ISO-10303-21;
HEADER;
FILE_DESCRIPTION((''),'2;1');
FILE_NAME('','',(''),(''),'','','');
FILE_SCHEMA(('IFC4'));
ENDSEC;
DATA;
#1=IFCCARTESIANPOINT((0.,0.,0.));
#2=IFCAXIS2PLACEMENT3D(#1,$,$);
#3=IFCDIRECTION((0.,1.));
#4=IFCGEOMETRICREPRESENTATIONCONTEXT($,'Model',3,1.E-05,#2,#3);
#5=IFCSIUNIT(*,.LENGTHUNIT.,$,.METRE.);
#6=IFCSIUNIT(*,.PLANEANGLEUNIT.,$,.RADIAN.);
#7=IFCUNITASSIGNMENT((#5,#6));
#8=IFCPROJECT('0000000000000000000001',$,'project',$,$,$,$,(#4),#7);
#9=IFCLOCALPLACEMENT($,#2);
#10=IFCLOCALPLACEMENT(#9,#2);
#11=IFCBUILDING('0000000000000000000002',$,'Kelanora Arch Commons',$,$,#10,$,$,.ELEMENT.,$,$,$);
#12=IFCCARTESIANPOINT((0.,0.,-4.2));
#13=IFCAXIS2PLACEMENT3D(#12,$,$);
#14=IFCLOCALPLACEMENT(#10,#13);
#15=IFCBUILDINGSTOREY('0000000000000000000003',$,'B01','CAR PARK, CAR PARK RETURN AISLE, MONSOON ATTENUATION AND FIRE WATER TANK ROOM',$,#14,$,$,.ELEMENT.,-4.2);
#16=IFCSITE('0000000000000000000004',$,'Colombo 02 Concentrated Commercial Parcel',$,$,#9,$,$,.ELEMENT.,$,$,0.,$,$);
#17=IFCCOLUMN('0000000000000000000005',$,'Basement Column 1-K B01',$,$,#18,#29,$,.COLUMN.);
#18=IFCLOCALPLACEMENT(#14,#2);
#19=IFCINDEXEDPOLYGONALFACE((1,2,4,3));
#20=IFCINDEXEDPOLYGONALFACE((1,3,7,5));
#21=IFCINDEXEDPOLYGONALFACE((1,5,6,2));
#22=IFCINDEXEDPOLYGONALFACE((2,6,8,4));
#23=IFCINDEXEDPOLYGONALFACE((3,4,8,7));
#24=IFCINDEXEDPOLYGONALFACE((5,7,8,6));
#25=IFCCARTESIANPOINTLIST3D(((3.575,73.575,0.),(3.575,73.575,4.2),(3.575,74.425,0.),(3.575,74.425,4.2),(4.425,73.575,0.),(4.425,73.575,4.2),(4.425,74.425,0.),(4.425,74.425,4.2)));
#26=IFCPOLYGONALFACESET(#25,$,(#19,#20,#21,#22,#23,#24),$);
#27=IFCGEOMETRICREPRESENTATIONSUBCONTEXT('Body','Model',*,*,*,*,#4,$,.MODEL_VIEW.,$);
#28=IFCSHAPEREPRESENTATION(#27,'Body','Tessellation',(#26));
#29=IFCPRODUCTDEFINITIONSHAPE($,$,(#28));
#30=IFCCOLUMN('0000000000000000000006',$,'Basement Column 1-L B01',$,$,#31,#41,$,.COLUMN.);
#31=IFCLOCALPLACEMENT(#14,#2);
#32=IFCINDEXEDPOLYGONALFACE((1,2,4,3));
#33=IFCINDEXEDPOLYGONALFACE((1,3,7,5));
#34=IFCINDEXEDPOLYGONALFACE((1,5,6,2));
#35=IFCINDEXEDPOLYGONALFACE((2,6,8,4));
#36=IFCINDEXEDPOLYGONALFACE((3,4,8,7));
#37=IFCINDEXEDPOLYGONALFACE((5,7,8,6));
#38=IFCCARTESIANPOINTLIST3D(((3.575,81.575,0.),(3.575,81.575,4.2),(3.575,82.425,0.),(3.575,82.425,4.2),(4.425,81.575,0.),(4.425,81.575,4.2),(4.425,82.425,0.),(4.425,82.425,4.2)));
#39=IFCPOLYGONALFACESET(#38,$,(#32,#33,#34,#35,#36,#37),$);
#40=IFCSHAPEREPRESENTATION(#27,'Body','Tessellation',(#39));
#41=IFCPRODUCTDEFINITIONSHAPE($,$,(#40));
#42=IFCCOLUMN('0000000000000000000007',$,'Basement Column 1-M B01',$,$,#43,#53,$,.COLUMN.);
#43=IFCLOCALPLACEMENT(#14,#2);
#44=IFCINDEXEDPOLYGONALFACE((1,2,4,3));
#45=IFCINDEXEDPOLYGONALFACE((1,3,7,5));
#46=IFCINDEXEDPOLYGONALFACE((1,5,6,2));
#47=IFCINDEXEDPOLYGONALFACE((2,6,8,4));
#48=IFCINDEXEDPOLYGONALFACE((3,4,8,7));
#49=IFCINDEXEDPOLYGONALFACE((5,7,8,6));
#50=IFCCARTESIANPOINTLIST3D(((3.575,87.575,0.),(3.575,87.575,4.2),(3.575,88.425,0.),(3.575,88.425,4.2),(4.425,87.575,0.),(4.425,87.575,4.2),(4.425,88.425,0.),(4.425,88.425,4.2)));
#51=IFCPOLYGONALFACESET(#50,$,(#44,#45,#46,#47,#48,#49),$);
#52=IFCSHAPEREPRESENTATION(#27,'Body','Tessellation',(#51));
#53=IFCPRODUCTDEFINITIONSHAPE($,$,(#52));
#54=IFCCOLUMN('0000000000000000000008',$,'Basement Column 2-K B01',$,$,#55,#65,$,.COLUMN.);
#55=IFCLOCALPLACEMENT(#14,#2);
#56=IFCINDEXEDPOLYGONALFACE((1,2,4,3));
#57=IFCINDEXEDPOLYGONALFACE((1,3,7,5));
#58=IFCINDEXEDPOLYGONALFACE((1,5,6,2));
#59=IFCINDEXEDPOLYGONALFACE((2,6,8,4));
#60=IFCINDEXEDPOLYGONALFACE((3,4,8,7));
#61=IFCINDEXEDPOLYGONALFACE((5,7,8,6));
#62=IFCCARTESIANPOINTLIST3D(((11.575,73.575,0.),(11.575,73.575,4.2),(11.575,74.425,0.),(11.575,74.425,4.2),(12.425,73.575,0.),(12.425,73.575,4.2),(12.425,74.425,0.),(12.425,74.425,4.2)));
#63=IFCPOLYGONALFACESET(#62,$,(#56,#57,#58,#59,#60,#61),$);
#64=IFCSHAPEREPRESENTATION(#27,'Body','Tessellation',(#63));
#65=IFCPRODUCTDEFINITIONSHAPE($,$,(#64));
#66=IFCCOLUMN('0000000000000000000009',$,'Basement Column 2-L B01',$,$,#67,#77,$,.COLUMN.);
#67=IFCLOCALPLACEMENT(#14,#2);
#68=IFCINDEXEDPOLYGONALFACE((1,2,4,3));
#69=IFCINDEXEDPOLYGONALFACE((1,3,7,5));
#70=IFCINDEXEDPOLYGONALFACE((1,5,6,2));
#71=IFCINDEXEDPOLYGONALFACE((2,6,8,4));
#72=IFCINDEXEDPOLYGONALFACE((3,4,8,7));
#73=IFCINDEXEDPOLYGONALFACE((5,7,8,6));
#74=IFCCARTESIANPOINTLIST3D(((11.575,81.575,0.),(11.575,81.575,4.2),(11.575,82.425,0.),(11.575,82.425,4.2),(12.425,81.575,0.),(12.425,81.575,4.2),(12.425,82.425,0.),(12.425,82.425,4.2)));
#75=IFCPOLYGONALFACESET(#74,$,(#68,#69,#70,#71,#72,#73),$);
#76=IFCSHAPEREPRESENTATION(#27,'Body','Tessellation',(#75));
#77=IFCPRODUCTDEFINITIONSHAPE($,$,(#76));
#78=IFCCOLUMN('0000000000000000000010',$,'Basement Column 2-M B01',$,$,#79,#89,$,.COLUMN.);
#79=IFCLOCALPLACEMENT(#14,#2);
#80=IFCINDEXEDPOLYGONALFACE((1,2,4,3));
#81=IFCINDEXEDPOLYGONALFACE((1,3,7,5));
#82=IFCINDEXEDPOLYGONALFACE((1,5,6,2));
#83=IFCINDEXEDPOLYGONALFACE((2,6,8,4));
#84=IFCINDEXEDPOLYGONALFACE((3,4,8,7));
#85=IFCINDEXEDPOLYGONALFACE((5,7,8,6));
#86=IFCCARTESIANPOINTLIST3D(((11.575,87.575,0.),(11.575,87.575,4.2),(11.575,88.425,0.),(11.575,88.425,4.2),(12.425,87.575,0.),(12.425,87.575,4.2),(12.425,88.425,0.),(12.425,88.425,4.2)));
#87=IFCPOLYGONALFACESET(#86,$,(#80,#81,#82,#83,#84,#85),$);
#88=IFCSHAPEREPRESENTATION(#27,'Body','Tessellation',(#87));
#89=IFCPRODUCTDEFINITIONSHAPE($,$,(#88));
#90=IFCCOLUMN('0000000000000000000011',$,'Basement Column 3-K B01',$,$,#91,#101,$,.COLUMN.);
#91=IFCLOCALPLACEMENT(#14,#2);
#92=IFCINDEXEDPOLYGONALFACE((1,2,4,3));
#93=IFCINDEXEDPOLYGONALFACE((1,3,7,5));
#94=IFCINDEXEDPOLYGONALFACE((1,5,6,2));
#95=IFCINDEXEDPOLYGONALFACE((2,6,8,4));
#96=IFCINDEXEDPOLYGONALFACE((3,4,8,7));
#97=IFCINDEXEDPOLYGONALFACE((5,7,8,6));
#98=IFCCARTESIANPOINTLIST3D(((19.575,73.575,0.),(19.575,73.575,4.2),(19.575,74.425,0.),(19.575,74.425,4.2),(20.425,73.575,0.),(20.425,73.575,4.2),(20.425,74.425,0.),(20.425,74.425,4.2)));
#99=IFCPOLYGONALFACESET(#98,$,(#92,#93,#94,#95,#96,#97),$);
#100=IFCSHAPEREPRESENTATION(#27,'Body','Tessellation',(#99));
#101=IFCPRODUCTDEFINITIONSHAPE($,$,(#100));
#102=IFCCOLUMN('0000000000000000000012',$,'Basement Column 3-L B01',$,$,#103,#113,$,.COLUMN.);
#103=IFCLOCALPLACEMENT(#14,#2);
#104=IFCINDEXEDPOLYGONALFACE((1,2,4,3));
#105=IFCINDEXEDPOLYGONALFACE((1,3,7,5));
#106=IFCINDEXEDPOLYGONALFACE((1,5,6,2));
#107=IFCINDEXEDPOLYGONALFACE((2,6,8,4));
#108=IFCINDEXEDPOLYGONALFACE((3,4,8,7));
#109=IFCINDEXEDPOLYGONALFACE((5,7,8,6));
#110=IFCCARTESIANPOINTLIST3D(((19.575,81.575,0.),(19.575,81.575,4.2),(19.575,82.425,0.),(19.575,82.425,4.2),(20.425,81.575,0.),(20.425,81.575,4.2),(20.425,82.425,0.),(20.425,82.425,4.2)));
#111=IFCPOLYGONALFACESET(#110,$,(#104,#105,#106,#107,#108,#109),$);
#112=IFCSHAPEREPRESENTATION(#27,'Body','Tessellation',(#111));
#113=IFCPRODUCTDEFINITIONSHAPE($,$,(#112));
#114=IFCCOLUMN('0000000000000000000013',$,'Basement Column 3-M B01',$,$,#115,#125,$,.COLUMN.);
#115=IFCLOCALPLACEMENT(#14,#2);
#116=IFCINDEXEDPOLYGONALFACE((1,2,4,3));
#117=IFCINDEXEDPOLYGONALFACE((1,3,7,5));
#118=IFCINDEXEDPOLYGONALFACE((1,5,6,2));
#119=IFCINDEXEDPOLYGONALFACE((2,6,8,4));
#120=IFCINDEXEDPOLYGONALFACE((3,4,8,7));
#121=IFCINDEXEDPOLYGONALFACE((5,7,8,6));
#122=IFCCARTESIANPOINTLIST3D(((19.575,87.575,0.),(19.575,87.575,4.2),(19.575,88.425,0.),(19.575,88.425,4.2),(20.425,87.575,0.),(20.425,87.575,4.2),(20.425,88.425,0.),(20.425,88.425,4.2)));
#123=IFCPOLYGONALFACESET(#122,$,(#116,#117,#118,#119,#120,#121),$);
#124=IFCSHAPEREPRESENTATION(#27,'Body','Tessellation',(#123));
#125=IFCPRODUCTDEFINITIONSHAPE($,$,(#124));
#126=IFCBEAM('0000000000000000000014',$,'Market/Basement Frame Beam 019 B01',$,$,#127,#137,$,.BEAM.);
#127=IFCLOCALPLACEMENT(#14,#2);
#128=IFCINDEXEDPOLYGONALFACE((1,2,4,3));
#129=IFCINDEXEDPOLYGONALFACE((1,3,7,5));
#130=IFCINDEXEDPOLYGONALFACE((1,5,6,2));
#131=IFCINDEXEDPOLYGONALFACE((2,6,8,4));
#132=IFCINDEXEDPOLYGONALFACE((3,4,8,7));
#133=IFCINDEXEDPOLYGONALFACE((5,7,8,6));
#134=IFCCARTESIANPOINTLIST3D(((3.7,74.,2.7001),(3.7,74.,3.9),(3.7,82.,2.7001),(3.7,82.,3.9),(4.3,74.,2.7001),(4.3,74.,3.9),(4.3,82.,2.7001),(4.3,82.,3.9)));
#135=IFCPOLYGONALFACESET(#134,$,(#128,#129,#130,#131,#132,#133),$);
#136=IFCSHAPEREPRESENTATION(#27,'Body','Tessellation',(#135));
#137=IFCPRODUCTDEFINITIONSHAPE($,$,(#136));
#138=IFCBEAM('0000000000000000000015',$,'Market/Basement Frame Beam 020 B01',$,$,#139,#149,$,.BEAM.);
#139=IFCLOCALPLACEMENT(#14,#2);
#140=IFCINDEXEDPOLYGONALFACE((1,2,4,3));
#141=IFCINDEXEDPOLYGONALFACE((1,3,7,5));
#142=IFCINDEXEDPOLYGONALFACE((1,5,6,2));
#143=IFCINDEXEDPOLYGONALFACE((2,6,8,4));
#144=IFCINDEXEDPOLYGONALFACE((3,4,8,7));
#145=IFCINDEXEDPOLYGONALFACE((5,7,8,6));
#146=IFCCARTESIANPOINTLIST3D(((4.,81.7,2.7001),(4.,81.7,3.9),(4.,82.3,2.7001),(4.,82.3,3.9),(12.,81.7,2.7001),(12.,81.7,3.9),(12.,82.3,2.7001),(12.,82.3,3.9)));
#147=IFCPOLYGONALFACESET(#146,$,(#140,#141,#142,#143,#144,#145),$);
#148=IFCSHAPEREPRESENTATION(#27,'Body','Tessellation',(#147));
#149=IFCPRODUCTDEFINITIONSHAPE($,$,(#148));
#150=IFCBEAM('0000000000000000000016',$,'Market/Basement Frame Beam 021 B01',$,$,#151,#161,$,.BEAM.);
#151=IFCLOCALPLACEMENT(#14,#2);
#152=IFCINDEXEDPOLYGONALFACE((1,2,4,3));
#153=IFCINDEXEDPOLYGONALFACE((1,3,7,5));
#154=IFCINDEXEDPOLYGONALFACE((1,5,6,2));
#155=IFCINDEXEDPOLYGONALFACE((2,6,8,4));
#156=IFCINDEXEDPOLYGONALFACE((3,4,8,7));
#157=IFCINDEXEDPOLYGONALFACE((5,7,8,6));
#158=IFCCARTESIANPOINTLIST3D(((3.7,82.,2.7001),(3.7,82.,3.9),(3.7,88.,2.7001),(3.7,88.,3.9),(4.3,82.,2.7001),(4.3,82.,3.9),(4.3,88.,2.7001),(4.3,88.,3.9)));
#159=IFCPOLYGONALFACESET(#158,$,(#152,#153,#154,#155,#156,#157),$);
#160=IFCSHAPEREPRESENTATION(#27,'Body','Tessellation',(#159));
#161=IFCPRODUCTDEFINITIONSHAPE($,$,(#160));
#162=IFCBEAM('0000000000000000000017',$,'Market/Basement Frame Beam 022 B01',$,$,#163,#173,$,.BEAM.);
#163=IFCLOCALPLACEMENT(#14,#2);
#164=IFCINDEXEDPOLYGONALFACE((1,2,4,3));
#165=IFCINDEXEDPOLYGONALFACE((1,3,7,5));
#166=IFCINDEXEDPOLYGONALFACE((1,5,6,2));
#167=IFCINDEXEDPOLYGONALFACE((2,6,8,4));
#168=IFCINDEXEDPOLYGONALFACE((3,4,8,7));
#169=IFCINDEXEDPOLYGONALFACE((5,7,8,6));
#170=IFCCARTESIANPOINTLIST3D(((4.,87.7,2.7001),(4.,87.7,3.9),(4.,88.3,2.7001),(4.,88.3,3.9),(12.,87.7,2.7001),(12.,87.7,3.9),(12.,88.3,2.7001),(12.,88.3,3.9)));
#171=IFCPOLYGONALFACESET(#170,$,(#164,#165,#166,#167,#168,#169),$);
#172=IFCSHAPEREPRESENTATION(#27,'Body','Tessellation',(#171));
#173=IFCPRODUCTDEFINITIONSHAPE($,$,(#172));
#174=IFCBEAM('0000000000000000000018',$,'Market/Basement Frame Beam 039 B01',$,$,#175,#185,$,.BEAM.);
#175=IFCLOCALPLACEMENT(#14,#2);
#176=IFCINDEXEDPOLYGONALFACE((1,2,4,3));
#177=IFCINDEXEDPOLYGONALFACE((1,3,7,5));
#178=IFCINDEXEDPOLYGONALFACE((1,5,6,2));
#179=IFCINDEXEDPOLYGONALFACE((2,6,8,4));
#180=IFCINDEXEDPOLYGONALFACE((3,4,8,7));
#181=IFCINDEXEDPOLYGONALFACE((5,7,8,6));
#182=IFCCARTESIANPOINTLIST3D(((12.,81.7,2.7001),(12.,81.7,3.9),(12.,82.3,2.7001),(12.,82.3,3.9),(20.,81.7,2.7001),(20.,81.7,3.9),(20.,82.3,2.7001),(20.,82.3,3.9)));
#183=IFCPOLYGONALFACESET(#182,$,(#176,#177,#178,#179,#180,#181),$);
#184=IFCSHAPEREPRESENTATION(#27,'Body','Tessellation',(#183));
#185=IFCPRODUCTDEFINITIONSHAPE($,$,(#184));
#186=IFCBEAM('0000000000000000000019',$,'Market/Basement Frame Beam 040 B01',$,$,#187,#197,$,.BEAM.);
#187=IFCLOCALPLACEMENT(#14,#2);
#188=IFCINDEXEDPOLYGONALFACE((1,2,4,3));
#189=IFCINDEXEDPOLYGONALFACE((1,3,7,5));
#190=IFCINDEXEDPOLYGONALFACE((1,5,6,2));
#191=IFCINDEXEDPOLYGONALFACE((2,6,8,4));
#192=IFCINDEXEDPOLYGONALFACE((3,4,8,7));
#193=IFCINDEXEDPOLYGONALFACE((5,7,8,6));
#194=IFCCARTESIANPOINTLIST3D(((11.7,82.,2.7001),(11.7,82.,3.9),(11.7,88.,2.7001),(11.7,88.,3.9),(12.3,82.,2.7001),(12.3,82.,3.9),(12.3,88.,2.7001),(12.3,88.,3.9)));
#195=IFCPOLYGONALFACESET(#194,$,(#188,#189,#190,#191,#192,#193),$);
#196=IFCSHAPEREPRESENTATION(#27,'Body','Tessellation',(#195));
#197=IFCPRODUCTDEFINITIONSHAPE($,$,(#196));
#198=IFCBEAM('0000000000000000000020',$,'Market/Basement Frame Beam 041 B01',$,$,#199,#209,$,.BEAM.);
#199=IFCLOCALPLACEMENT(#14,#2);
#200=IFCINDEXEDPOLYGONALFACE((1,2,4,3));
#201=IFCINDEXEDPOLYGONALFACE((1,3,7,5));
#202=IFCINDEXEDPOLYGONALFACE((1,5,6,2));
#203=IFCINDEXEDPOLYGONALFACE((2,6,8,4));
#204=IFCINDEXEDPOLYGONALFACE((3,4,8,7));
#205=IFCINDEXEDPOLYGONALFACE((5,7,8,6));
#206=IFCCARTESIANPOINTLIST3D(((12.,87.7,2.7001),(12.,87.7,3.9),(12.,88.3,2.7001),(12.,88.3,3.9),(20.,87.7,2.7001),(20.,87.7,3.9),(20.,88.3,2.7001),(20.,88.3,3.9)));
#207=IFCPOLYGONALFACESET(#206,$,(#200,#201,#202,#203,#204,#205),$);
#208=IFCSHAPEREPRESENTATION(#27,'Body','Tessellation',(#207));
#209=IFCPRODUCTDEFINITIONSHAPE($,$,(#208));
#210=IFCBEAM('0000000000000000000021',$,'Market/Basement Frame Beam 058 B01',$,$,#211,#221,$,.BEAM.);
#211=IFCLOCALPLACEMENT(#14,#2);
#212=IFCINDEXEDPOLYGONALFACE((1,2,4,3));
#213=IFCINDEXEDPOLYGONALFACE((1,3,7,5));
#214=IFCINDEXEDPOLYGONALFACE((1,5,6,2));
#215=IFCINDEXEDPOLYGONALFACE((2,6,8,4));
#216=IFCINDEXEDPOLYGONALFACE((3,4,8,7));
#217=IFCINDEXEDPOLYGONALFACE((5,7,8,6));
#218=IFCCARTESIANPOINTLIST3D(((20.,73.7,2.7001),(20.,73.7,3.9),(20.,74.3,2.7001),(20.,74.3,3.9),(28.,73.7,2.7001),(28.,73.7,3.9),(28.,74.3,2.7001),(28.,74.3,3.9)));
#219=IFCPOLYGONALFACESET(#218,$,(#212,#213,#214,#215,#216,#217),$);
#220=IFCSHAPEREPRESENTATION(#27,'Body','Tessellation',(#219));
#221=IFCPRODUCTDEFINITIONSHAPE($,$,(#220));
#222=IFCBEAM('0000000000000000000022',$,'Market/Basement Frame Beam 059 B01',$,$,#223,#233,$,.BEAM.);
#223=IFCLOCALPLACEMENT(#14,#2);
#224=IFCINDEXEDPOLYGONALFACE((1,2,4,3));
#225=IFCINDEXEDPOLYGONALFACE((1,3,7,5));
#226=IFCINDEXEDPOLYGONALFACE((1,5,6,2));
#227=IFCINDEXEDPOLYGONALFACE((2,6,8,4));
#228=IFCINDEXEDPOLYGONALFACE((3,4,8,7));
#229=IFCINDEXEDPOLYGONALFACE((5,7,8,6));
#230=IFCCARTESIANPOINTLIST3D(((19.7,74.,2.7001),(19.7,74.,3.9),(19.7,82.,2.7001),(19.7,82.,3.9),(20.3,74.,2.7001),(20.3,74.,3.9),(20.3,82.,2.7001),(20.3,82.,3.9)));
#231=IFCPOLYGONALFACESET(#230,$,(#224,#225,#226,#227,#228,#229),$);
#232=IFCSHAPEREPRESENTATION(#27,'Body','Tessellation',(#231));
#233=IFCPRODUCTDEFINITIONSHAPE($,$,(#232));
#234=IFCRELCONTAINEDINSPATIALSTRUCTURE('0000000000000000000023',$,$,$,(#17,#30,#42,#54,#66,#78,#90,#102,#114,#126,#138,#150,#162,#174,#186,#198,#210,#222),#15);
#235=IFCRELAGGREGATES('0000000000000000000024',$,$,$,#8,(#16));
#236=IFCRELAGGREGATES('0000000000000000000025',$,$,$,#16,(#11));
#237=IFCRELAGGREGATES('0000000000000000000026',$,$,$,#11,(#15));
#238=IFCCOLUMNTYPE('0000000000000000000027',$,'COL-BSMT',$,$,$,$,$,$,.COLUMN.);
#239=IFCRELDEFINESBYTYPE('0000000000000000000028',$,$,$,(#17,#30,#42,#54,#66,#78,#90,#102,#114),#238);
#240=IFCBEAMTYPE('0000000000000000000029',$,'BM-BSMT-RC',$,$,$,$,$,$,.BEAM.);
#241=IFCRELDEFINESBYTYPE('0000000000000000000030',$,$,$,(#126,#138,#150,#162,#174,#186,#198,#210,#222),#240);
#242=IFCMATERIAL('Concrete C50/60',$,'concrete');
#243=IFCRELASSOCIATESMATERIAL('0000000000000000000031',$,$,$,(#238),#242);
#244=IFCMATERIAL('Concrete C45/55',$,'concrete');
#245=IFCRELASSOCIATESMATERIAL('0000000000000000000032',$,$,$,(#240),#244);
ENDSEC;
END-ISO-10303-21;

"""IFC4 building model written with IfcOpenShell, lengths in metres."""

from ifc_helpers import new_model, si_unit, direction, frame, origin, origin_2d, place, context, subcontext, project, spatial, rectangle, extrude, material, material_profile, profile_set, type_object, element, save


model = new_model("IFC4")

# Units and contexts
model_context = context("Model", 3, precision=1e-05, world=origin(), true_north=direction((0.0, 1.0)))
body_context = subcontext(model_context, "Body", "Model", "MODEL_VIEW")
ifc_project = project(units=[si_unit("LENGTHUNIT", "METRE"), si_unit("PLANEANGLEUNIT", "RADIAN")], contexts=[model_context])

# Site, building, storey
site_placement = place(None, origin())
site = spatial("IfcSite", under=ifc_project, at=site_placement, Name="Colombo 02 Concentrated Commercial Parcel", CompositionType="ELEMENT", RefElevation=0.0)
building_placement = place(site_placement, origin())
building = spatial("IfcBuilding", under=site, at=building_placement, Name="Kelanora Arch Commons", CompositionType="ELEMENT")
storey_placement = place(building_placement, frame((0.0, 0.0, -4.2)))
storey = spatial("IfcBuildingStorey", under=building, at=storey_placement, Name="B01", Description="CAR PARK, CAR PARK RETURN AISLE, MONSOON ATTENUATION AND FIRE WATER TANK ROOM", CompositionType="ELEMENT", Elevation=-4.2)

# Columns
ifc_material_1 = material(Name="Concrete C50/60", Category="concrete")
ifc_material_profile_1 = material_profile(ifc_material_1, rectangle(XDim=0.8501, YDim=0.8501, at=origin_2d()), Name="RC850x850")
ifc_profile_set_1 = profile_set([ifc_material_profile_1], Name="Concrete C50/60")
column_type = type_object("IfcColumnType", Name="COL-BSMT", PredefinedType="COLUMN", material=ifc_profile_set_1)
for number, where, z_axis, x_axis, name in (
    (1, (4.0, 74.0, 0.0), (0.0, 0.0, 1.0), (1.0, 0.0, 0.0), "Basement Column 1-K B01"),
    (2, (4.0, 82.0, 0.0), (0.0, 0.0, 1.0), (1.0, 0.0, 0.0), "Basement Column 1-L B01"),
    (3, (4.0, 88.0, 0.0), (0.0, 0.0, 1.0), (1.0, 0.0, 0.0), "Basement Column 1-M B01"),
    (4, (12.0, 74.0, 0.0), (0.0, 0.0, 1.0), (1.0, 0.0, 0.0), "Basement Column 2-K B01"),
    (5, (12.0, 82.0, 0.0), (0.0, 0.0, 1.0), (1.0, 0.0, 0.0), "Basement Column 2-L B01"),
    (6, (12.0, 88.0, 0.0), (0.0, 0.0, 1.0), (1.0, 0.0, 0.0), "Basement Column 2-M B01"),
    (7, (20.0, 74.0, 0.0), (0.0, 0.0, 1.0), (1.0, 0.0, 0.0), "Basement Column 3-K B01"),
    (8, (20.0, 82.0, 0.0), (0.0, 0.0, 1.0), (1.0, 0.0, 0.0), "Basement Column 3-L B01"),
    (9, (20.0, 88.0, 0.0), (0.0, 0.0, 1.0), (1.0, 0.0, 0.0), "Basement Column 3-M B01"),
):
    element("IfcColumn", number, at=place(storey_placement, frame(where, z_axis=z_axis, x_axis=x_axis)), inside=storey, type_object=column_type, Name=name, PredefinedType="COLUMN", context=body_context, shape_type="SweptSolid", body=[
        extrude(rectangle(XDim=0.8501, YDim=0.8501, at=origin_2d()), origin(), (0.0, 0.0, 1.0), 4.2),
    ])

# Beams
ifc_material_2 = material(Name="Concrete C45/55", Category="concrete")
ifc_material_profile_2 = material_profile(ifc_material_2, rectangle(XDim=0.6001, YDim=1.2, at=origin_2d()), Name="RCB600x1200")
ifc_profile_set_2 = profile_set([ifc_material_profile_2], Name="Concrete C45/55")
beam_type = type_object("IfcBeamType", Name="BM-BSMT-RC", PredefinedType="BEAM", material=ifc_profile_set_2)
for number, where, z_axis, x_axis, name in (
    (10, (4.0, 74.0, 3.3), (0.0, 1.0, 0.0), (-1.0, 0.0, 0.0), "Market/Basement Frame Beam 019 B01"),
    (11, (4.0, 82.0, 3.3), (1.0, 0.0, 0.0), (0.0, 1.0, 0.0), "Market/Basement Frame Beam 020 B01"),
):
    element("IfcBeam", number, at=place(storey_placement, frame(where, z_axis=z_axis, x_axis=x_axis)), inside=storey, type_object=beam_type, Name=name, PredefinedType="BEAM", context=body_context, shape_type="SweptSolid", body=[
        extrude(rectangle(XDim=0.6001, YDim=1.2, at=origin_2d()), origin(), (0.0, 0.0, 1.0), 8.0),
    ])
beam_1_placement = place(storey_placement, frame((4.0, 82.0, 3.3), z_axis=(0.0, 1.0, 0.0), x_axis=(-1.0, 0.0, 0.0)))
element("IfcBeam", 12, at=beam_1_placement, inside=storey, type_object=beam_type, Name="Market/Basement Frame Beam 021 B01", PredefinedType="BEAM", context=body_context, shape_type="SweptSolid", body=[
    extrude(rectangle(XDim=0.6001, YDim=1.2, at=origin_2d()), origin(), (0.0, 0.0, 1.0), 6.0),
])
for number, where, z_axis, x_axis, name in (
    (13, (4.0, 88.0, 3.3), (1.0, 0.0, 0.0), (0.0, 1.0, 0.0), "Market/Basement Frame Beam 022 B01"),
    (14, (12.0, 82.0, 3.3), (1.0, 0.0, 0.0), (0.0, 1.0, 0.0), "Market/Basement Frame Beam 039 B01"),
):
    element("IfcBeam", number, at=place(storey_placement, frame(where, z_axis=z_axis, x_axis=x_axis)), inside=storey, type_object=beam_type, Name=name, PredefinedType="BEAM", context=body_context, shape_type="SweptSolid", body=[
        extrude(rectangle(XDim=0.6001, YDim=1.2, at=origin_2d()), origin(), (0.0, 0.0, 1.0), 8.0),
    ])
beam_2_placement = place(storey_placement, frame((12.0, 82.0, 3.3), z_axis=(0.0, 1.0, 0.0), x_axis=(-1.0, 0.0, 0.0)))
element("IfcBeam", 15, at=beam_2_placement, inside=storey, type_object=beam_type, Name="Market/Basement Frame Beam 040 B01", PredefinedType="BEAM", context=body_context, shape_type="SweptSolid", body=[
    extrude(rectangle(XDim=0.6001, YDim=1.2, at=origin_2d()), origin(), (0.0, 0.0, 1.0), 6.0),
])
for number, where, z_axis, x_axis, name in (
    (16, (12.0, 88.0, 3.3), (1.0, 0.0, 0.0), (0.0, 1.0, 0.0), "Market/Basement Frame Beam 041 B01"),
    (17, (20.0, 74.0, 3.3), (1.0, 0.0, 0.0), (0.0, 1.0, 0.0), "Market/Basement Frame Beam 058 B01"),
    (18, (20.0, 74.0, 3.3), (0.0, 1.0, 0.0), (-1.0, 0.0, 0.0), "Market/Basement Frame Beam 059 B01"),
):
    element("IfcBeam", number, at=place(storey_placement, frame(where, z_axis=z_axis, x_axis=x_axis)), inside=storey, type_object=beam_type, Name=name, PredefinedType="BEAM", context=body_context, shape_type="SweptSolid", body=[
        extrude(rectangle(XDim=0.6001, YDim=1.2, at=origin_2d()), origin(), (0.0, 0.0, 1.0), 8.0),
    ])

save(model, "model.ifc")
